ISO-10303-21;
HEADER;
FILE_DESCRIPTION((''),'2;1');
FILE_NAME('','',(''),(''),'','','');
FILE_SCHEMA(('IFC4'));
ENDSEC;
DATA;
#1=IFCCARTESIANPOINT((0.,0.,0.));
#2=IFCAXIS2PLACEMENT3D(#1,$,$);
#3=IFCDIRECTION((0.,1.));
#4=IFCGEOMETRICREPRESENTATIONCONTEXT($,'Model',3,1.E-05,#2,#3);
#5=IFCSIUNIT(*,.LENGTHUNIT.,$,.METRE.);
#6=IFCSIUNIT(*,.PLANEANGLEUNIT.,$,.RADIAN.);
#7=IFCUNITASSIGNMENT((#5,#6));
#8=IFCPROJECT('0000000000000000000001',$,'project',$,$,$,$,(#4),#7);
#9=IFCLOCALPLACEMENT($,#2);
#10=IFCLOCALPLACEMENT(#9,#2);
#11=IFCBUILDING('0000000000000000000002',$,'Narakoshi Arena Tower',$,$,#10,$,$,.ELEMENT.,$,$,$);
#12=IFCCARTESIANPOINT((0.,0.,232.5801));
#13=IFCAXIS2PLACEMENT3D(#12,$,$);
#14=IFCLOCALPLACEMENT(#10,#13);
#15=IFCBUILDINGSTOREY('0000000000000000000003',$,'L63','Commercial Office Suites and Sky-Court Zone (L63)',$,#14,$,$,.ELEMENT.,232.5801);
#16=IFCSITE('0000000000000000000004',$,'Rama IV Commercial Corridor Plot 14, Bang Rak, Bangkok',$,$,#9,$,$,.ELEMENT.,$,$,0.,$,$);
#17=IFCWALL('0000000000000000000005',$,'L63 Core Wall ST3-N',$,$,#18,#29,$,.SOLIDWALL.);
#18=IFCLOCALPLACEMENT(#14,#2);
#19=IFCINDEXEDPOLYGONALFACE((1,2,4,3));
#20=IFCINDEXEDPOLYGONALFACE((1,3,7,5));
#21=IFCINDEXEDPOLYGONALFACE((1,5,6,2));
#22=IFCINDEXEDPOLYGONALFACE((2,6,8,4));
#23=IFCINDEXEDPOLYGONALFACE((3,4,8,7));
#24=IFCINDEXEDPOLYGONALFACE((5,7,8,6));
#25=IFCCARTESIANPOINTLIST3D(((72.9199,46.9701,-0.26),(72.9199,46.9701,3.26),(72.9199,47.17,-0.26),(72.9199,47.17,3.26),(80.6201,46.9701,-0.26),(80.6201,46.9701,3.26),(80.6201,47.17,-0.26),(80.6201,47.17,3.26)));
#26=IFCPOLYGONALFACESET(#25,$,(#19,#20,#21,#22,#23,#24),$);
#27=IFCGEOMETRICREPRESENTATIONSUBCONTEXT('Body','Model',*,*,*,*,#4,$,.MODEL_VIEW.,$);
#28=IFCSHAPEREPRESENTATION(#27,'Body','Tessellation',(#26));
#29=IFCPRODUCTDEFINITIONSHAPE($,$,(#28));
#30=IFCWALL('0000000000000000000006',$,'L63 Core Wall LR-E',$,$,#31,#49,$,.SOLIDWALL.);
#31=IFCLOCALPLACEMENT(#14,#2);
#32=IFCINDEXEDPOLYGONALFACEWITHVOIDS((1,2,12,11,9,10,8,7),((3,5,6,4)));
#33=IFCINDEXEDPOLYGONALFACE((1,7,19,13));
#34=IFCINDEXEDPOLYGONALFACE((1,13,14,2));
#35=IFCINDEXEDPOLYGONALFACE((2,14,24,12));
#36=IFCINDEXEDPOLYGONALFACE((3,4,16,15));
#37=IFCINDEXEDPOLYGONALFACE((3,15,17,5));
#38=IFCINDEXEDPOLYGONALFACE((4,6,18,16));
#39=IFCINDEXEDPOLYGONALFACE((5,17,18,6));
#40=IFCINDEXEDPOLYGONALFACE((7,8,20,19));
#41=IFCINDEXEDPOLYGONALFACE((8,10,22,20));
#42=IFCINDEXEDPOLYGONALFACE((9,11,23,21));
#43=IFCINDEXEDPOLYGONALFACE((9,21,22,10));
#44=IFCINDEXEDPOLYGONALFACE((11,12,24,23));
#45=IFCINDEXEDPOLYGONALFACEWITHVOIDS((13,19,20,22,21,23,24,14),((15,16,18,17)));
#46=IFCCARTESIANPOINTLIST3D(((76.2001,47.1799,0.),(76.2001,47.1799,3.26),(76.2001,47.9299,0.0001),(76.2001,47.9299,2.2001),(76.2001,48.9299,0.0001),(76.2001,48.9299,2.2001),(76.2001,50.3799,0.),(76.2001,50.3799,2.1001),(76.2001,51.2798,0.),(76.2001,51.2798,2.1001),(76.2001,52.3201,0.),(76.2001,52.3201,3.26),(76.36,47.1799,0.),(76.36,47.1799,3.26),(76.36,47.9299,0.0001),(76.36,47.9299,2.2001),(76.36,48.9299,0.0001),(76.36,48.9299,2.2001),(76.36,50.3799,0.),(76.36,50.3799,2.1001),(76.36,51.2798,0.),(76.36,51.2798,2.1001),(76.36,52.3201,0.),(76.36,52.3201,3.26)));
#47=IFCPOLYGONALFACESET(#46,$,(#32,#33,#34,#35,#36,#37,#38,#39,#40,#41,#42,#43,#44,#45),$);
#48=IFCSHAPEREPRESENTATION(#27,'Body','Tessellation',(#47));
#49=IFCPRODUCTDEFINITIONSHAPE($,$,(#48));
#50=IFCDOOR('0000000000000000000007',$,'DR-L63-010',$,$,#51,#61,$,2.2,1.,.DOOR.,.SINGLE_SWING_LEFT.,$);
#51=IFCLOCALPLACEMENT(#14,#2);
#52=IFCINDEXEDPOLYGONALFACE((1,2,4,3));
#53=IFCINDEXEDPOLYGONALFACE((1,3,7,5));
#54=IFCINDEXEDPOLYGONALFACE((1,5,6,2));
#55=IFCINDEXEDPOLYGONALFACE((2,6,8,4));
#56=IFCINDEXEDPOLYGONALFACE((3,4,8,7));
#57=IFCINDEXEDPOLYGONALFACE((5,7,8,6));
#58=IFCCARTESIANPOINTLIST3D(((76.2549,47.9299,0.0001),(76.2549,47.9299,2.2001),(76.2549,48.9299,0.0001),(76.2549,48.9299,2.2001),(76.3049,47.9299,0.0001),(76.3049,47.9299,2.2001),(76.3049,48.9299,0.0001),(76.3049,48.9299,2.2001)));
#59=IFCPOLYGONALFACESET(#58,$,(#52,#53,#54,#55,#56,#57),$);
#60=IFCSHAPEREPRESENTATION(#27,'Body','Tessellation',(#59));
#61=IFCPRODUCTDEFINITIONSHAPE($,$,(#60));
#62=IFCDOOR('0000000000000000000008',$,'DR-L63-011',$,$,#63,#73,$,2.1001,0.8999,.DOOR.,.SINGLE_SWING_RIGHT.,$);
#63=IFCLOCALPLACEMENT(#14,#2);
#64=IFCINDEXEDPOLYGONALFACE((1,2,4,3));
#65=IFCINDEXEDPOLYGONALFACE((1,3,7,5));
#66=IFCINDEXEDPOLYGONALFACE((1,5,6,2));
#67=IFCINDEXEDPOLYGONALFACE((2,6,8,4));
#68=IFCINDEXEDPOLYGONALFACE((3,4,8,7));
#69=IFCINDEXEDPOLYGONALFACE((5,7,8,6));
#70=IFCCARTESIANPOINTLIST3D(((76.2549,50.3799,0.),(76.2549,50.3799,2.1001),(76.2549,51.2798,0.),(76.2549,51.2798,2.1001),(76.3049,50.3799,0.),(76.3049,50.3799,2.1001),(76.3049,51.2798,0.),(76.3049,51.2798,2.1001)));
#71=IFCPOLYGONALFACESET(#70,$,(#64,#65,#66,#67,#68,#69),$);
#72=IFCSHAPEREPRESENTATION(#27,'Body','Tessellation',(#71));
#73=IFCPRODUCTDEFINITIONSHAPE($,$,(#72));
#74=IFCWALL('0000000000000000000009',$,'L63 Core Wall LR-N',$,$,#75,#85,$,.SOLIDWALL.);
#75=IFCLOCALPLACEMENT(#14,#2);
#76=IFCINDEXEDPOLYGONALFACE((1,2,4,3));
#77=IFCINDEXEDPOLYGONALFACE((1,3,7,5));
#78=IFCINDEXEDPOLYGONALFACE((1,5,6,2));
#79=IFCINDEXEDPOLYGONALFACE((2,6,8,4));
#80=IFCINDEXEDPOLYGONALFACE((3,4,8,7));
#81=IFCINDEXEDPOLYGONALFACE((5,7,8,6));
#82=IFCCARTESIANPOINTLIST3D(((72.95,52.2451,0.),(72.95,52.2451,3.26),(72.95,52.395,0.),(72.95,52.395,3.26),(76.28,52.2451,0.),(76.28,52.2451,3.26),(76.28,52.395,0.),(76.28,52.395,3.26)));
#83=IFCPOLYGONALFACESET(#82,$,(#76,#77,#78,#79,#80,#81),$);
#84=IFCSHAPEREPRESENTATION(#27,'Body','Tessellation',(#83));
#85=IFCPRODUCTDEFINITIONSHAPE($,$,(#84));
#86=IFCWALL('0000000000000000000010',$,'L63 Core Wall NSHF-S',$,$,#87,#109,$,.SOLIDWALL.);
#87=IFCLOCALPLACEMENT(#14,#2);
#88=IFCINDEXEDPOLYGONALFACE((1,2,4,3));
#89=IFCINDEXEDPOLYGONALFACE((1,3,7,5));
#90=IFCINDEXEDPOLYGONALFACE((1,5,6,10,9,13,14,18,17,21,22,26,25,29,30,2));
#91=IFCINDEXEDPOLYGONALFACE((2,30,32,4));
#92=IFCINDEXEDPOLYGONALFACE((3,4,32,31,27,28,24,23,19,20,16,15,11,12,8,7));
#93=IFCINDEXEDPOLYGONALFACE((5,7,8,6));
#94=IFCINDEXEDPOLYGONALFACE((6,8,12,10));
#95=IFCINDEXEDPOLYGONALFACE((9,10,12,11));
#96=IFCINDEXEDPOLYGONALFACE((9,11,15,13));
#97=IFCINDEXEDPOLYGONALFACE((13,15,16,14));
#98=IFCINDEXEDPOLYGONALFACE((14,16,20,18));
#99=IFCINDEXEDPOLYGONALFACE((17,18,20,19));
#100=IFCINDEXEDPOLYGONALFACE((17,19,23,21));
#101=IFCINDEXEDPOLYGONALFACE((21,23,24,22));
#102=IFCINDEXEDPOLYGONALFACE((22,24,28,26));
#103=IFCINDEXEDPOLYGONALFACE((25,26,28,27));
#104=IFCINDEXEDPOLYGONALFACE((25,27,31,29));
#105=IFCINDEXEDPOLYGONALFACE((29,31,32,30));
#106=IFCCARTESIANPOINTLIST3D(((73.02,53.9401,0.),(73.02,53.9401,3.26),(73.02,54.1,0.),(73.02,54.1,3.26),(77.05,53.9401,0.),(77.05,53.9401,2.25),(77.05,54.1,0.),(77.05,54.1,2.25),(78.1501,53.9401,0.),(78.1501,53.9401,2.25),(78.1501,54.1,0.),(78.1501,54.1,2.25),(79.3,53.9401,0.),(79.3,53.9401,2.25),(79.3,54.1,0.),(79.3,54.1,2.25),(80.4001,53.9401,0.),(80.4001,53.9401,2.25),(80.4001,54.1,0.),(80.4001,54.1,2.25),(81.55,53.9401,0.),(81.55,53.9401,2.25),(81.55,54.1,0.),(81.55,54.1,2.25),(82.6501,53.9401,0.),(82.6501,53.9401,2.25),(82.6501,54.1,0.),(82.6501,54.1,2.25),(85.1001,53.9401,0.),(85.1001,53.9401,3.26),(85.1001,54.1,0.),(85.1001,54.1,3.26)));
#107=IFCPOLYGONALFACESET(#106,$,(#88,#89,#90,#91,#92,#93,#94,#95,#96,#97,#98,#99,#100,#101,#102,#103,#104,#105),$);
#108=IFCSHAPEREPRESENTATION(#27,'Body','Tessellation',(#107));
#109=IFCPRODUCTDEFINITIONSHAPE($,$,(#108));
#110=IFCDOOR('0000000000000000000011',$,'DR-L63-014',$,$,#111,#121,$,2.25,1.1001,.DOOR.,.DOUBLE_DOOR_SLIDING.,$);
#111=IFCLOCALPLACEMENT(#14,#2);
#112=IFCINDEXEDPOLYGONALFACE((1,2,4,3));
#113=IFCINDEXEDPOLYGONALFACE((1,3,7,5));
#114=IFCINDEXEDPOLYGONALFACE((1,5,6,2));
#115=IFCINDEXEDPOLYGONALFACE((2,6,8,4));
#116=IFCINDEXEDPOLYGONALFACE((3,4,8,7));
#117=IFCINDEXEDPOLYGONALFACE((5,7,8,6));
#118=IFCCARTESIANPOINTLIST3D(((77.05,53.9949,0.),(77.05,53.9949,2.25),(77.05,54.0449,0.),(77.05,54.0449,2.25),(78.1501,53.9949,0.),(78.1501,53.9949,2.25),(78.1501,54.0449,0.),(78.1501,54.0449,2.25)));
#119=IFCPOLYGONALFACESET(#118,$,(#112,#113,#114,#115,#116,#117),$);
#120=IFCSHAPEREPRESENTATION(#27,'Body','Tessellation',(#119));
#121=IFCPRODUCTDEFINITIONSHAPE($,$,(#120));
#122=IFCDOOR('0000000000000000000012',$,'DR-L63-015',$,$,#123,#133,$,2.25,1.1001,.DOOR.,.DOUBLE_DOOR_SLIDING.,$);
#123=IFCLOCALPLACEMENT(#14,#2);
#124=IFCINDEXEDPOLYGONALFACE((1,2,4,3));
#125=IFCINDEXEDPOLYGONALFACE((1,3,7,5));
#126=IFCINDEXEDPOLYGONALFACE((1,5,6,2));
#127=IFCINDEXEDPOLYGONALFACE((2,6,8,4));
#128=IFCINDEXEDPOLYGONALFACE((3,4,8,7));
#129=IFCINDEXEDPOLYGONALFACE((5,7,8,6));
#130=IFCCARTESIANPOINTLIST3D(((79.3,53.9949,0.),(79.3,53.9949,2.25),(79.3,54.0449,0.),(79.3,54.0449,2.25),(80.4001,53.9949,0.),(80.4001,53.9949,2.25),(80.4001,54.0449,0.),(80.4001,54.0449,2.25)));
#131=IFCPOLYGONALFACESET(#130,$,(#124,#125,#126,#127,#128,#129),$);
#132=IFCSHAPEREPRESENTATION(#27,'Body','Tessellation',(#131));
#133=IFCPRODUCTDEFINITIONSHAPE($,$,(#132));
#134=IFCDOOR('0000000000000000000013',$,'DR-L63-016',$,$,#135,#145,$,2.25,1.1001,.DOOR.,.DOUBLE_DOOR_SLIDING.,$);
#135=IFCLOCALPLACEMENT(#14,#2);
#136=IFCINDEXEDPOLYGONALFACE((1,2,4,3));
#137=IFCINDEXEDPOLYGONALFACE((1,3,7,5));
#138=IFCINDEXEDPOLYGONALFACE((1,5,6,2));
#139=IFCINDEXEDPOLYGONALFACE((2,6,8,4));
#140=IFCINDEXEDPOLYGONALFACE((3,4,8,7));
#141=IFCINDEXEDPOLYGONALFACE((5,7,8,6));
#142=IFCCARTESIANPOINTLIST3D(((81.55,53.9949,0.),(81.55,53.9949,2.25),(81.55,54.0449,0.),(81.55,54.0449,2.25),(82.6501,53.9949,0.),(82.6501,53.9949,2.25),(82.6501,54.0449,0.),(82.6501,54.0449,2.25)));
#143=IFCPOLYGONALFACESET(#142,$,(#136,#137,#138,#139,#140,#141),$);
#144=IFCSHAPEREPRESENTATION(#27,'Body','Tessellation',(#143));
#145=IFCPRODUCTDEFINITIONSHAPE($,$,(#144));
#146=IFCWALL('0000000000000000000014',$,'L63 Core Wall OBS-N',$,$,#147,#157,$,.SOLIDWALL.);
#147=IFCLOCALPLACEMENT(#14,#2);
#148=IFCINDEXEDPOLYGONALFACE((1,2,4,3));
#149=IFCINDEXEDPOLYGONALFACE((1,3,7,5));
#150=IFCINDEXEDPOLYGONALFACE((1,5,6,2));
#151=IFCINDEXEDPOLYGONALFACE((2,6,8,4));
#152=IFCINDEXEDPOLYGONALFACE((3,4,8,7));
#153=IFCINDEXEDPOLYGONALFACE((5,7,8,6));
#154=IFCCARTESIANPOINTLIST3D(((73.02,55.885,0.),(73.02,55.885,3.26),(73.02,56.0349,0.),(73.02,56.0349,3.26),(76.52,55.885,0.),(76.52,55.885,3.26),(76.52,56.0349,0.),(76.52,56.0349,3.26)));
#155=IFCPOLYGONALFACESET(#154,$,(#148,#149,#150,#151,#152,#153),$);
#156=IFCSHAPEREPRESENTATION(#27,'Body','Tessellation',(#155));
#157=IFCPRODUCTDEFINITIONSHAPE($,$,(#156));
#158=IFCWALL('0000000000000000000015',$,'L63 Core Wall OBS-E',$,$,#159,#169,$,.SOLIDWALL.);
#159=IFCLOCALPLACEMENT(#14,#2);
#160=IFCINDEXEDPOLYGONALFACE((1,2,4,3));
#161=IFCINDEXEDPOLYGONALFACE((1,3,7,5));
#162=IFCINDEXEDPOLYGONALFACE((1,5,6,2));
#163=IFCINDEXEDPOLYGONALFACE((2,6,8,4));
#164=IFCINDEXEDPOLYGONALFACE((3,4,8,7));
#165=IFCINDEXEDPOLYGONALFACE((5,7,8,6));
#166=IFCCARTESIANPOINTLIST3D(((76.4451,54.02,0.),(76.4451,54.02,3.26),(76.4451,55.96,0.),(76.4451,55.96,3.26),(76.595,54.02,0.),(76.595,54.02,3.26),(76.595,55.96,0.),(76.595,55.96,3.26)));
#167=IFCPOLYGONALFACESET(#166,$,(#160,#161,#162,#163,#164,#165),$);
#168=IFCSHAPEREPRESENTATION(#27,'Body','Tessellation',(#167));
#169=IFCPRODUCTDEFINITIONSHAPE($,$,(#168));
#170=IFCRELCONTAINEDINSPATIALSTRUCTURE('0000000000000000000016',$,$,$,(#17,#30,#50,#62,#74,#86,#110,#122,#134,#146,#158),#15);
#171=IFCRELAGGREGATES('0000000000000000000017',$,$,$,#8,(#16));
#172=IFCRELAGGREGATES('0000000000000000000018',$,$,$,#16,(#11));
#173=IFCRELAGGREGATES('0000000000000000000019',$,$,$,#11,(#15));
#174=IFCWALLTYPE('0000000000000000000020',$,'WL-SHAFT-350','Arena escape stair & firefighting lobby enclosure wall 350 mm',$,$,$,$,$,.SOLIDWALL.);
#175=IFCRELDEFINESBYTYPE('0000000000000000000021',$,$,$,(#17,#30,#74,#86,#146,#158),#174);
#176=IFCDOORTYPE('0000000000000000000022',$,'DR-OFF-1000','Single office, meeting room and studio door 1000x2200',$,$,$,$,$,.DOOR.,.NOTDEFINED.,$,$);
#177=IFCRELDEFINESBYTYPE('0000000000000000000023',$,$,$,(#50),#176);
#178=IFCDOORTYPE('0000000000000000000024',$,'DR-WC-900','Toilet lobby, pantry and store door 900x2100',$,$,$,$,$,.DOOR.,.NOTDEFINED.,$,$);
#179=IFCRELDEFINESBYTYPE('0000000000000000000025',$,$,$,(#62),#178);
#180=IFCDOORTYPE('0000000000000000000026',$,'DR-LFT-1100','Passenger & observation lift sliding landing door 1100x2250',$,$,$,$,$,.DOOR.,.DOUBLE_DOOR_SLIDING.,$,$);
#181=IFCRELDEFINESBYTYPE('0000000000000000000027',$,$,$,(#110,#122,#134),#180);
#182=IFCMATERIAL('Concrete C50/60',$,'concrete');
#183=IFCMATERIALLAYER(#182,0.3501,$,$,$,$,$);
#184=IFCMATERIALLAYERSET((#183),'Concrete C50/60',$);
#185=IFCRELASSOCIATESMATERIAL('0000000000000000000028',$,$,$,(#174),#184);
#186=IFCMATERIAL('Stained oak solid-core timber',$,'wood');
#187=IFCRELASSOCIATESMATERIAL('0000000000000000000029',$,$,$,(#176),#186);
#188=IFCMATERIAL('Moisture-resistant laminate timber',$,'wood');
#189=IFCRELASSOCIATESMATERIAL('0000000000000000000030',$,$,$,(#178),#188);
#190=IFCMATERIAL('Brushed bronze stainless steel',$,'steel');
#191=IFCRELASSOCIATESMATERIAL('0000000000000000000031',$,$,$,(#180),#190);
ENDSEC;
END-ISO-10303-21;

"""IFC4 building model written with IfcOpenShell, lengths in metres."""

from ifc_helpers import new_model, si_unit, direction, frame, frame_2d, origin, place, context, subcontext, project, spatial, rectangle, extrude, material, layer, layer_set, type_object, element, fill, save


model = new_model("IFC4")

# Units and contexts
model_context = context("Model", 3, precision=1e-05, world=origin(), true_north=direction((0.0, 1.0)))
body_context = subcontext(model_context, "Body", "Model", "MODEL_VIEW")
ifc_project = project(units=[si_unit("LENGTHUNIT", "METRE"), si_unit("PLANEANGLEUNIT", "RADIAN")], contexts=[model_context])

# Site, building, storey
site_placement = place(None, origin())
site = spatial("IfcSite", under=ifc_project, at=site_placement, Name="Rama IV Commercial Corridor Plot 14, Bang Rak, Bangkok", CompositionType="ELEMENT", RefElevation=0.0)
building_placement = place(site_placement, origin())
building = spatial("IfcBuilding", under=site, at=building_placement, Name="Narakoshi Arena Tower", CompositionType="ELEMENT")
storey_placement = place(building_placement, frame((0.0, 0.0, 232.5801)))
storey = spatial("IfcBuildingStorey", under=building, at=storey_placement, Name="L63", Description="Commercial Office Suites and Sky-Court Zone (L63)", CompositionType="ELEMENT", Elevation=232.5801)

# Shared definitions
ifc_material_1 = material(Name="Concrete C50/60", Category="concrete")

# Wall
ifc_layer_1 = layer(ifc_material_1, 0.3501)
ifc_layer_set_1 = layer_set([ifc_layer_1], Name="Concrete C50/60")
wall_type_1 = type_object("IfcWallType", Name="WL-SHAFT-350", Description="Arena escape stair & firefighting lobby enclosure wall 350 mm", PredefinedType="SOLIDWALL", material=ifc_layer_set_1)
wall_1_placement = place(storey_placement, frame((72.9199, 47.0701, -0.26), z_axis=(0.0, 0.0, 1.0), x_axis=(1.0, 0.0, 0.0)))
element("IfcWall", 1, at=wall_1_placement, inside=storey, type_object=wall_type_1, Name="L63 Core Wall ST3-N", PredefinedType="SOLIDWALL", context=body_context, shape_type="SweptSolid", body=[
    extrude(rectangle(XDim=7.7002, YDim=0.2, at=frame_2d((3.8501, 0.0))), origin(), (0.0, 0.0, 1.0), 3.52),
])

# Wall, openings, doors
wall_2_placement = place(storey_placement, frame((76.28, 47.1799, 0.0), z_axis=(0.0, 0.0, 1.0), x_axis=(0.0, 1.0, 0.0)))
wall_2 = element("IfcWall", 2, at=wall_2_placement, inside=storey, type_object=wall_type_1, Name="L63 Core Wall LR-E", PredefinedType="SOLIDWALL", context=body_context, shape_type="SweptSolid", body=[
    extrude(rectangle(XDim=5.1401, YDim=0.1599, at=frame_2d((2.5701, 0.0))), origin(), (0.0, 0.0, 1.0), 3.26),
])
opening_1_placement = place(wall_2_placement, frame((0.75, 0.0, 0.0)))
opening_1 = element("IfcOpeningElement", 3, at=opening_1_placement, cuts=wall_2, PredefinedType="OPENING", context=body_context, shape_type="SweptSolid", body=[
    extrude(rectangle(XDim=1.0, YDim=2.2, at=frame_2d((0.5, 1.1001))), frame((0.0, 0.0898, 0.0), z_axis=(0.0, -1.0, 0.0), x_axis=(1.0, 0.0, 0.0)), (0.0, 0.0, 1.0), 0.1799),
])
opening_2_placement = place(wall_2_placement, frame((3.2, 0.0, 0.0)))
opening_2 = element("IfcOpeningElement", 4, at=opening_2_placement, cuts=wall_2, PredefinedType="OPENING", context=body_context, shape_type="SweptSolid", body=[
    extrude(rectangle(XDim=0.8999, YDim=2.1001, at=frame_2d((0.45, 1.05))), frame((0.0, 0.0898, 0.0), z_axis=(0.0, -1.0, 0.0), x_axis=(1.0, 0.0, 0.0)), (0.0, 0.0, 1.0), 0.1799),
])
ifc_material_2 = material(Name="Stained oak solid-core timber", Category="wood")
door_type_1 = type_object("IfcDoorType", Name="DR-OFF-1000", Description="Single office, meeting room and studio door 1000x2200", OperationType="NOTDEFINED", PredefinedType="DOOR", material=ifc_material_2)
door_1_placement = place(opening_1_placement, frame((1.0, 0.0, 0.0), z_axis=(0.0, 0.0, 1.0), x_axis=(-1.0, 0.0, 0.0)))
door_1 = element("IfcDoor", 5, at=door_1_placement, inside=storey, type_object=door_type_1, Name="DR-L63-010", OperationType="SINGLE_SWING_LEFT", OverallHeight=2.2, OverallWidth=1.0, PredefinedType="DOOR", context=body_context, shape_type="SweptSolid", body=[
    extrude(rectangle(XDim=1.0, YDim=2.2, at=frame_2d((0.5, 1.1001))), frame((0.0, 0.0249, 0.0), z_axis=(0.0, -1.0, 0.0), x_axis=(1.0, 0.0, 0.0)), (0.0, 0.0, 1.0), 0.05),
])
fill(opening_1, door_1)
ifc_material_3 = material(Name="Moisture-resistant laminate timber", Category="wood")
door_type_2 = type_object("IfcDoorType", Name="DR-WC-900", Description="Toilet lobby, pantry and store door 900x2100", OperationType="NOTDEFINED", PredefinedType="DOOR", material=ifc_material_3)
door_2_placement = place(opening_2_placement, frame((0.8999, 0.0, 0.0), z_axis=(0.0, 0.0, 1.0), x_axis=(-1.0, 0.0, 0.0)))
door_2 = element("IfcDoor", 6, at=door_2_placement, inside=storey, type_object=door_type_2, Name="DR-L63-011", OperationType="SINGLE_SWING_RIGHT", OverallHeight=2.1001, OverallWidth=0.8999, PredefinedType="DOOR", context=body_context, shape_type="SweptSolid", body=[
    extrude(rectangle(XDim=0.8999, YDim=2.1001, at=frame_2d((0.45, 1.05))), frame((0.0, 0.0249, 0.0), z_axis=(0.0, -1.0, 0.0), x_axis=(1.0, 0.0, 0.0)), (0.0, 0.0, 1.0), 0.05),
])
fill(opening_2, door_2)

# Wall
wall_3_placement = place(storey_placement, frame((72.95, 52.3201, 0.0), z_axis=(0.0, 0.0, 1.0), x_axis=(1.0, 0.0, 0.0)))
element("IfcWall", 7, at=wall_3_placement, inside=storey, type_object=wall_type_1, Name="L63 Core Wall LR-N", PredefinedType="SOLIDWALL", context=body_context, shape_type="SweptSolid", body=[
    extrude(rectangle(XDim=3.3301, YDim=0.1499, at=frame_2d((1.665, 0.0))), origin(), (0.0, 0.0, 1.0), 3.26),
])

# Wall, openings, doors
wall_4_placement = place(storey_placement, frame((73.02, 54.02, 0.0), z_axis=(0.0, 0.0, 1.0), x_axis=(1.0, 0.0, 0.0)))
wall_4 = element("IfcWall", 8, at=wall_4_placement, inside=storey, type_object=wall_type_1, Name="L63 Core Wall NSHF-S", PredefinedType="SOLIDWALL", context=body_context, shape_type="SweptSolid", body=[
    extrude(rectangle(XDim=12.0801, YDim=0.1599, at=frame_2d((6.04, 0.0))), origin(), (0.0, 0.0, 1.0), 3.26),
])
opening_3_placement = place(wall_4_placement, frame((4.03, 0.0, 0.0)))
opening_3 = element("IfcOpeningElement", 9, at=opening_3_placement, cuts=wall_4, PredefinedType="OPENING", context=body_context, shape_type="SweptSolid", body=[
    extrude(rectangle(XDim=1.1001, YDim=2.25, at=frame_2d((0.55, 1.125))), frame((0.0, 0.0898, 0.0), z_axis=(0.0, -1.0, 0.0), x_axis=(1.0, 0.0, 0.0)), (0.0, 0.0, 1.0), 0.1799),
])
opening_4_placement = place(wall_4_placement, frame((6.28, 0.0, 0.0)))
opening_4 = element("IfcOpeningElement", 10, at=opening_4_placement, cuts=wall_4, PredefinedType="OPENING", context=body_context, shape_type="SweptSolid", body=[
    extrude(rectangle(XDim=1.1001, YDim=2.25, at=frame_2d((0.55, 1.125))), frame((0.0, 0.0898, 0.0), z_axis=(0.0, -1.0, 0.0), x_axis=(1.0, 0.0, 0.0)), (0.0, 0.0, 1.0), 0.1799),
])
opening_5_placement = place(wall_4_placement, frame((8.53, 0.0, 0.0)))
opening_5 = element("IfcOpeningElement", 11, at=opening_5_placement, cuts=wall_4, PredefinedType="OPENING", context=body_context, shape_type="SweptSolid", body=[
    extrude(rectangle(XDim=1.1001, YDim=2.25, at=frame_2d((0.55, 1.125))), frame((0.0, 0.0898, 0.0), z_axis=(0.0, -1.0, 0.0), x_axis=(1.0, 0.0, 0.0)), (0.0, 0.0, 1.0), 0.1799),
])
ifc_material_4 = material(Name="Brushed bronze stainless steel", Category="steel")
door_type_3 = type_object("IfcDoorType", Name="DR-LFT-1100", Description="Passenger & observation lift sliding landing door 1100x2250", OperationType="DOUBLE_DOOR_SLIDING", PredefinedType="DOOR", material=ifc_material_4)
door_3_placement = place(opening_3_placement, origin())
door_3 = element("IfcDoor", 12, at=door_3_placement, inside=storey, type_object=door_type_3, Name="DR-L63-014", OperationType="DOUBLE_DOOR_SLIDING", OverallHeight=2.25, OverallWidth=1.1001, PredefinedType="DOOR", context=body_context, shape_type="SweptSolid", body=[
    extrude(rectangle(XDim=1.1001, YDim=2.25, at=frame_2d((0.55, 1.125))), frame((0.0, 0.0249, 0.0), z_axis=(0.0, -1.0, 0.0), x_axis=(1.0, 0.0, 0.0)), (0.0, 0.0, 1.0), 0.05),
])
fill(opening_3, door_3)
door_4_placement = place(opening_4_placement, origin())
door_4 = element("IfcDoor", 13, at=door_4_placement, inside=storey, type_object=door_type_3, Name="DR-L63-015", OperationType="DOUBLE_DOOR_SLIDING", OverallHeight=2.25, OverallWidth=1.1001, PredefinedType="DOOR", context=body_context, shape_type="SweptSolid", body=[
    extrude(rectangle(XDim=1.1001, YDim=2.25, at=frame_2d((0.55, 1.125))), frame((0.0, 0.0249, 0.0), z_axis=(0.0, -1.0, 0.0), x_axis=(1.0, 0.0, 0.0)), (0.0, 0.0, 1.0), 0.05),
])
fill(opening_4, door_4)
door_5_placement = place(opening_5_placement, origin())
door_5 = element("IfcDoor", 14, at=door_5_placement, inside=storey, type_object=door_type_3, Name="DR-L63-016", OperationType="DOUBLE_DOOR_SLIDING", OverallHeight=2.25, OverallWidth=1.1001, PredefinedType="DOOR", context=body_context, shape_type="SweptSolid", body=[
    extrude(rectangle(XDim=1.1001, YDim=2.25, at=frame_2d((0.55, 1.125))), frame((0.0, 0.0249, 0.0), z_axis=(0.0, -1.0, 0.0), x_axis=(1.0, 0.0, 0.0)), (0.0, 0.0, 1.0), 0.05),
])
fill(opening_5, door_5)

# Walls
wall_5_placement = place(storey_placement, frame((73.02, 55.96, 0.0), z_axis=(0.0, 0.0, 1.0), x_axis=(1.0, 0.0, 0.0)))
element("IfcWall", 15, at=wall_5_placement, inside=storey, type_object=wall_type_1, Name="L63 Core Wall OBS-N", PredefinedType="SOLIDWALL", context=body_context, shape_type="SweptSolid", body=[
    extrude(rectangle(XDim=3.5, YDim=0.1499, at=frame_2d((1.75, 0.0))), origin(), (0.0, 0.0, 1.0), 3.26),
])
wall_6_placement = place(storey_placement, frame((76.52, 54.02, 0.0), z_axis=(0.0, 0.0, 1.0), x_axis=(0.0, 1.0, 0.0)))
element("IfcWall", 16, at=wall_6_placement, inside=storey, type_object=wall_type_1, Name="L63 Core Wall OBS-E", PredefinedType="SOLIDWALL", context=body_context, shape_type="SweptSolid", body=[
    extrude(rectangle(XDim=1.9399, YDim=0.1499, at=frame_2d((0.97, 0.0))), origin(), (0.0, 0.0, 1.0), 3.26),
])

save(model, "model.ifc")
